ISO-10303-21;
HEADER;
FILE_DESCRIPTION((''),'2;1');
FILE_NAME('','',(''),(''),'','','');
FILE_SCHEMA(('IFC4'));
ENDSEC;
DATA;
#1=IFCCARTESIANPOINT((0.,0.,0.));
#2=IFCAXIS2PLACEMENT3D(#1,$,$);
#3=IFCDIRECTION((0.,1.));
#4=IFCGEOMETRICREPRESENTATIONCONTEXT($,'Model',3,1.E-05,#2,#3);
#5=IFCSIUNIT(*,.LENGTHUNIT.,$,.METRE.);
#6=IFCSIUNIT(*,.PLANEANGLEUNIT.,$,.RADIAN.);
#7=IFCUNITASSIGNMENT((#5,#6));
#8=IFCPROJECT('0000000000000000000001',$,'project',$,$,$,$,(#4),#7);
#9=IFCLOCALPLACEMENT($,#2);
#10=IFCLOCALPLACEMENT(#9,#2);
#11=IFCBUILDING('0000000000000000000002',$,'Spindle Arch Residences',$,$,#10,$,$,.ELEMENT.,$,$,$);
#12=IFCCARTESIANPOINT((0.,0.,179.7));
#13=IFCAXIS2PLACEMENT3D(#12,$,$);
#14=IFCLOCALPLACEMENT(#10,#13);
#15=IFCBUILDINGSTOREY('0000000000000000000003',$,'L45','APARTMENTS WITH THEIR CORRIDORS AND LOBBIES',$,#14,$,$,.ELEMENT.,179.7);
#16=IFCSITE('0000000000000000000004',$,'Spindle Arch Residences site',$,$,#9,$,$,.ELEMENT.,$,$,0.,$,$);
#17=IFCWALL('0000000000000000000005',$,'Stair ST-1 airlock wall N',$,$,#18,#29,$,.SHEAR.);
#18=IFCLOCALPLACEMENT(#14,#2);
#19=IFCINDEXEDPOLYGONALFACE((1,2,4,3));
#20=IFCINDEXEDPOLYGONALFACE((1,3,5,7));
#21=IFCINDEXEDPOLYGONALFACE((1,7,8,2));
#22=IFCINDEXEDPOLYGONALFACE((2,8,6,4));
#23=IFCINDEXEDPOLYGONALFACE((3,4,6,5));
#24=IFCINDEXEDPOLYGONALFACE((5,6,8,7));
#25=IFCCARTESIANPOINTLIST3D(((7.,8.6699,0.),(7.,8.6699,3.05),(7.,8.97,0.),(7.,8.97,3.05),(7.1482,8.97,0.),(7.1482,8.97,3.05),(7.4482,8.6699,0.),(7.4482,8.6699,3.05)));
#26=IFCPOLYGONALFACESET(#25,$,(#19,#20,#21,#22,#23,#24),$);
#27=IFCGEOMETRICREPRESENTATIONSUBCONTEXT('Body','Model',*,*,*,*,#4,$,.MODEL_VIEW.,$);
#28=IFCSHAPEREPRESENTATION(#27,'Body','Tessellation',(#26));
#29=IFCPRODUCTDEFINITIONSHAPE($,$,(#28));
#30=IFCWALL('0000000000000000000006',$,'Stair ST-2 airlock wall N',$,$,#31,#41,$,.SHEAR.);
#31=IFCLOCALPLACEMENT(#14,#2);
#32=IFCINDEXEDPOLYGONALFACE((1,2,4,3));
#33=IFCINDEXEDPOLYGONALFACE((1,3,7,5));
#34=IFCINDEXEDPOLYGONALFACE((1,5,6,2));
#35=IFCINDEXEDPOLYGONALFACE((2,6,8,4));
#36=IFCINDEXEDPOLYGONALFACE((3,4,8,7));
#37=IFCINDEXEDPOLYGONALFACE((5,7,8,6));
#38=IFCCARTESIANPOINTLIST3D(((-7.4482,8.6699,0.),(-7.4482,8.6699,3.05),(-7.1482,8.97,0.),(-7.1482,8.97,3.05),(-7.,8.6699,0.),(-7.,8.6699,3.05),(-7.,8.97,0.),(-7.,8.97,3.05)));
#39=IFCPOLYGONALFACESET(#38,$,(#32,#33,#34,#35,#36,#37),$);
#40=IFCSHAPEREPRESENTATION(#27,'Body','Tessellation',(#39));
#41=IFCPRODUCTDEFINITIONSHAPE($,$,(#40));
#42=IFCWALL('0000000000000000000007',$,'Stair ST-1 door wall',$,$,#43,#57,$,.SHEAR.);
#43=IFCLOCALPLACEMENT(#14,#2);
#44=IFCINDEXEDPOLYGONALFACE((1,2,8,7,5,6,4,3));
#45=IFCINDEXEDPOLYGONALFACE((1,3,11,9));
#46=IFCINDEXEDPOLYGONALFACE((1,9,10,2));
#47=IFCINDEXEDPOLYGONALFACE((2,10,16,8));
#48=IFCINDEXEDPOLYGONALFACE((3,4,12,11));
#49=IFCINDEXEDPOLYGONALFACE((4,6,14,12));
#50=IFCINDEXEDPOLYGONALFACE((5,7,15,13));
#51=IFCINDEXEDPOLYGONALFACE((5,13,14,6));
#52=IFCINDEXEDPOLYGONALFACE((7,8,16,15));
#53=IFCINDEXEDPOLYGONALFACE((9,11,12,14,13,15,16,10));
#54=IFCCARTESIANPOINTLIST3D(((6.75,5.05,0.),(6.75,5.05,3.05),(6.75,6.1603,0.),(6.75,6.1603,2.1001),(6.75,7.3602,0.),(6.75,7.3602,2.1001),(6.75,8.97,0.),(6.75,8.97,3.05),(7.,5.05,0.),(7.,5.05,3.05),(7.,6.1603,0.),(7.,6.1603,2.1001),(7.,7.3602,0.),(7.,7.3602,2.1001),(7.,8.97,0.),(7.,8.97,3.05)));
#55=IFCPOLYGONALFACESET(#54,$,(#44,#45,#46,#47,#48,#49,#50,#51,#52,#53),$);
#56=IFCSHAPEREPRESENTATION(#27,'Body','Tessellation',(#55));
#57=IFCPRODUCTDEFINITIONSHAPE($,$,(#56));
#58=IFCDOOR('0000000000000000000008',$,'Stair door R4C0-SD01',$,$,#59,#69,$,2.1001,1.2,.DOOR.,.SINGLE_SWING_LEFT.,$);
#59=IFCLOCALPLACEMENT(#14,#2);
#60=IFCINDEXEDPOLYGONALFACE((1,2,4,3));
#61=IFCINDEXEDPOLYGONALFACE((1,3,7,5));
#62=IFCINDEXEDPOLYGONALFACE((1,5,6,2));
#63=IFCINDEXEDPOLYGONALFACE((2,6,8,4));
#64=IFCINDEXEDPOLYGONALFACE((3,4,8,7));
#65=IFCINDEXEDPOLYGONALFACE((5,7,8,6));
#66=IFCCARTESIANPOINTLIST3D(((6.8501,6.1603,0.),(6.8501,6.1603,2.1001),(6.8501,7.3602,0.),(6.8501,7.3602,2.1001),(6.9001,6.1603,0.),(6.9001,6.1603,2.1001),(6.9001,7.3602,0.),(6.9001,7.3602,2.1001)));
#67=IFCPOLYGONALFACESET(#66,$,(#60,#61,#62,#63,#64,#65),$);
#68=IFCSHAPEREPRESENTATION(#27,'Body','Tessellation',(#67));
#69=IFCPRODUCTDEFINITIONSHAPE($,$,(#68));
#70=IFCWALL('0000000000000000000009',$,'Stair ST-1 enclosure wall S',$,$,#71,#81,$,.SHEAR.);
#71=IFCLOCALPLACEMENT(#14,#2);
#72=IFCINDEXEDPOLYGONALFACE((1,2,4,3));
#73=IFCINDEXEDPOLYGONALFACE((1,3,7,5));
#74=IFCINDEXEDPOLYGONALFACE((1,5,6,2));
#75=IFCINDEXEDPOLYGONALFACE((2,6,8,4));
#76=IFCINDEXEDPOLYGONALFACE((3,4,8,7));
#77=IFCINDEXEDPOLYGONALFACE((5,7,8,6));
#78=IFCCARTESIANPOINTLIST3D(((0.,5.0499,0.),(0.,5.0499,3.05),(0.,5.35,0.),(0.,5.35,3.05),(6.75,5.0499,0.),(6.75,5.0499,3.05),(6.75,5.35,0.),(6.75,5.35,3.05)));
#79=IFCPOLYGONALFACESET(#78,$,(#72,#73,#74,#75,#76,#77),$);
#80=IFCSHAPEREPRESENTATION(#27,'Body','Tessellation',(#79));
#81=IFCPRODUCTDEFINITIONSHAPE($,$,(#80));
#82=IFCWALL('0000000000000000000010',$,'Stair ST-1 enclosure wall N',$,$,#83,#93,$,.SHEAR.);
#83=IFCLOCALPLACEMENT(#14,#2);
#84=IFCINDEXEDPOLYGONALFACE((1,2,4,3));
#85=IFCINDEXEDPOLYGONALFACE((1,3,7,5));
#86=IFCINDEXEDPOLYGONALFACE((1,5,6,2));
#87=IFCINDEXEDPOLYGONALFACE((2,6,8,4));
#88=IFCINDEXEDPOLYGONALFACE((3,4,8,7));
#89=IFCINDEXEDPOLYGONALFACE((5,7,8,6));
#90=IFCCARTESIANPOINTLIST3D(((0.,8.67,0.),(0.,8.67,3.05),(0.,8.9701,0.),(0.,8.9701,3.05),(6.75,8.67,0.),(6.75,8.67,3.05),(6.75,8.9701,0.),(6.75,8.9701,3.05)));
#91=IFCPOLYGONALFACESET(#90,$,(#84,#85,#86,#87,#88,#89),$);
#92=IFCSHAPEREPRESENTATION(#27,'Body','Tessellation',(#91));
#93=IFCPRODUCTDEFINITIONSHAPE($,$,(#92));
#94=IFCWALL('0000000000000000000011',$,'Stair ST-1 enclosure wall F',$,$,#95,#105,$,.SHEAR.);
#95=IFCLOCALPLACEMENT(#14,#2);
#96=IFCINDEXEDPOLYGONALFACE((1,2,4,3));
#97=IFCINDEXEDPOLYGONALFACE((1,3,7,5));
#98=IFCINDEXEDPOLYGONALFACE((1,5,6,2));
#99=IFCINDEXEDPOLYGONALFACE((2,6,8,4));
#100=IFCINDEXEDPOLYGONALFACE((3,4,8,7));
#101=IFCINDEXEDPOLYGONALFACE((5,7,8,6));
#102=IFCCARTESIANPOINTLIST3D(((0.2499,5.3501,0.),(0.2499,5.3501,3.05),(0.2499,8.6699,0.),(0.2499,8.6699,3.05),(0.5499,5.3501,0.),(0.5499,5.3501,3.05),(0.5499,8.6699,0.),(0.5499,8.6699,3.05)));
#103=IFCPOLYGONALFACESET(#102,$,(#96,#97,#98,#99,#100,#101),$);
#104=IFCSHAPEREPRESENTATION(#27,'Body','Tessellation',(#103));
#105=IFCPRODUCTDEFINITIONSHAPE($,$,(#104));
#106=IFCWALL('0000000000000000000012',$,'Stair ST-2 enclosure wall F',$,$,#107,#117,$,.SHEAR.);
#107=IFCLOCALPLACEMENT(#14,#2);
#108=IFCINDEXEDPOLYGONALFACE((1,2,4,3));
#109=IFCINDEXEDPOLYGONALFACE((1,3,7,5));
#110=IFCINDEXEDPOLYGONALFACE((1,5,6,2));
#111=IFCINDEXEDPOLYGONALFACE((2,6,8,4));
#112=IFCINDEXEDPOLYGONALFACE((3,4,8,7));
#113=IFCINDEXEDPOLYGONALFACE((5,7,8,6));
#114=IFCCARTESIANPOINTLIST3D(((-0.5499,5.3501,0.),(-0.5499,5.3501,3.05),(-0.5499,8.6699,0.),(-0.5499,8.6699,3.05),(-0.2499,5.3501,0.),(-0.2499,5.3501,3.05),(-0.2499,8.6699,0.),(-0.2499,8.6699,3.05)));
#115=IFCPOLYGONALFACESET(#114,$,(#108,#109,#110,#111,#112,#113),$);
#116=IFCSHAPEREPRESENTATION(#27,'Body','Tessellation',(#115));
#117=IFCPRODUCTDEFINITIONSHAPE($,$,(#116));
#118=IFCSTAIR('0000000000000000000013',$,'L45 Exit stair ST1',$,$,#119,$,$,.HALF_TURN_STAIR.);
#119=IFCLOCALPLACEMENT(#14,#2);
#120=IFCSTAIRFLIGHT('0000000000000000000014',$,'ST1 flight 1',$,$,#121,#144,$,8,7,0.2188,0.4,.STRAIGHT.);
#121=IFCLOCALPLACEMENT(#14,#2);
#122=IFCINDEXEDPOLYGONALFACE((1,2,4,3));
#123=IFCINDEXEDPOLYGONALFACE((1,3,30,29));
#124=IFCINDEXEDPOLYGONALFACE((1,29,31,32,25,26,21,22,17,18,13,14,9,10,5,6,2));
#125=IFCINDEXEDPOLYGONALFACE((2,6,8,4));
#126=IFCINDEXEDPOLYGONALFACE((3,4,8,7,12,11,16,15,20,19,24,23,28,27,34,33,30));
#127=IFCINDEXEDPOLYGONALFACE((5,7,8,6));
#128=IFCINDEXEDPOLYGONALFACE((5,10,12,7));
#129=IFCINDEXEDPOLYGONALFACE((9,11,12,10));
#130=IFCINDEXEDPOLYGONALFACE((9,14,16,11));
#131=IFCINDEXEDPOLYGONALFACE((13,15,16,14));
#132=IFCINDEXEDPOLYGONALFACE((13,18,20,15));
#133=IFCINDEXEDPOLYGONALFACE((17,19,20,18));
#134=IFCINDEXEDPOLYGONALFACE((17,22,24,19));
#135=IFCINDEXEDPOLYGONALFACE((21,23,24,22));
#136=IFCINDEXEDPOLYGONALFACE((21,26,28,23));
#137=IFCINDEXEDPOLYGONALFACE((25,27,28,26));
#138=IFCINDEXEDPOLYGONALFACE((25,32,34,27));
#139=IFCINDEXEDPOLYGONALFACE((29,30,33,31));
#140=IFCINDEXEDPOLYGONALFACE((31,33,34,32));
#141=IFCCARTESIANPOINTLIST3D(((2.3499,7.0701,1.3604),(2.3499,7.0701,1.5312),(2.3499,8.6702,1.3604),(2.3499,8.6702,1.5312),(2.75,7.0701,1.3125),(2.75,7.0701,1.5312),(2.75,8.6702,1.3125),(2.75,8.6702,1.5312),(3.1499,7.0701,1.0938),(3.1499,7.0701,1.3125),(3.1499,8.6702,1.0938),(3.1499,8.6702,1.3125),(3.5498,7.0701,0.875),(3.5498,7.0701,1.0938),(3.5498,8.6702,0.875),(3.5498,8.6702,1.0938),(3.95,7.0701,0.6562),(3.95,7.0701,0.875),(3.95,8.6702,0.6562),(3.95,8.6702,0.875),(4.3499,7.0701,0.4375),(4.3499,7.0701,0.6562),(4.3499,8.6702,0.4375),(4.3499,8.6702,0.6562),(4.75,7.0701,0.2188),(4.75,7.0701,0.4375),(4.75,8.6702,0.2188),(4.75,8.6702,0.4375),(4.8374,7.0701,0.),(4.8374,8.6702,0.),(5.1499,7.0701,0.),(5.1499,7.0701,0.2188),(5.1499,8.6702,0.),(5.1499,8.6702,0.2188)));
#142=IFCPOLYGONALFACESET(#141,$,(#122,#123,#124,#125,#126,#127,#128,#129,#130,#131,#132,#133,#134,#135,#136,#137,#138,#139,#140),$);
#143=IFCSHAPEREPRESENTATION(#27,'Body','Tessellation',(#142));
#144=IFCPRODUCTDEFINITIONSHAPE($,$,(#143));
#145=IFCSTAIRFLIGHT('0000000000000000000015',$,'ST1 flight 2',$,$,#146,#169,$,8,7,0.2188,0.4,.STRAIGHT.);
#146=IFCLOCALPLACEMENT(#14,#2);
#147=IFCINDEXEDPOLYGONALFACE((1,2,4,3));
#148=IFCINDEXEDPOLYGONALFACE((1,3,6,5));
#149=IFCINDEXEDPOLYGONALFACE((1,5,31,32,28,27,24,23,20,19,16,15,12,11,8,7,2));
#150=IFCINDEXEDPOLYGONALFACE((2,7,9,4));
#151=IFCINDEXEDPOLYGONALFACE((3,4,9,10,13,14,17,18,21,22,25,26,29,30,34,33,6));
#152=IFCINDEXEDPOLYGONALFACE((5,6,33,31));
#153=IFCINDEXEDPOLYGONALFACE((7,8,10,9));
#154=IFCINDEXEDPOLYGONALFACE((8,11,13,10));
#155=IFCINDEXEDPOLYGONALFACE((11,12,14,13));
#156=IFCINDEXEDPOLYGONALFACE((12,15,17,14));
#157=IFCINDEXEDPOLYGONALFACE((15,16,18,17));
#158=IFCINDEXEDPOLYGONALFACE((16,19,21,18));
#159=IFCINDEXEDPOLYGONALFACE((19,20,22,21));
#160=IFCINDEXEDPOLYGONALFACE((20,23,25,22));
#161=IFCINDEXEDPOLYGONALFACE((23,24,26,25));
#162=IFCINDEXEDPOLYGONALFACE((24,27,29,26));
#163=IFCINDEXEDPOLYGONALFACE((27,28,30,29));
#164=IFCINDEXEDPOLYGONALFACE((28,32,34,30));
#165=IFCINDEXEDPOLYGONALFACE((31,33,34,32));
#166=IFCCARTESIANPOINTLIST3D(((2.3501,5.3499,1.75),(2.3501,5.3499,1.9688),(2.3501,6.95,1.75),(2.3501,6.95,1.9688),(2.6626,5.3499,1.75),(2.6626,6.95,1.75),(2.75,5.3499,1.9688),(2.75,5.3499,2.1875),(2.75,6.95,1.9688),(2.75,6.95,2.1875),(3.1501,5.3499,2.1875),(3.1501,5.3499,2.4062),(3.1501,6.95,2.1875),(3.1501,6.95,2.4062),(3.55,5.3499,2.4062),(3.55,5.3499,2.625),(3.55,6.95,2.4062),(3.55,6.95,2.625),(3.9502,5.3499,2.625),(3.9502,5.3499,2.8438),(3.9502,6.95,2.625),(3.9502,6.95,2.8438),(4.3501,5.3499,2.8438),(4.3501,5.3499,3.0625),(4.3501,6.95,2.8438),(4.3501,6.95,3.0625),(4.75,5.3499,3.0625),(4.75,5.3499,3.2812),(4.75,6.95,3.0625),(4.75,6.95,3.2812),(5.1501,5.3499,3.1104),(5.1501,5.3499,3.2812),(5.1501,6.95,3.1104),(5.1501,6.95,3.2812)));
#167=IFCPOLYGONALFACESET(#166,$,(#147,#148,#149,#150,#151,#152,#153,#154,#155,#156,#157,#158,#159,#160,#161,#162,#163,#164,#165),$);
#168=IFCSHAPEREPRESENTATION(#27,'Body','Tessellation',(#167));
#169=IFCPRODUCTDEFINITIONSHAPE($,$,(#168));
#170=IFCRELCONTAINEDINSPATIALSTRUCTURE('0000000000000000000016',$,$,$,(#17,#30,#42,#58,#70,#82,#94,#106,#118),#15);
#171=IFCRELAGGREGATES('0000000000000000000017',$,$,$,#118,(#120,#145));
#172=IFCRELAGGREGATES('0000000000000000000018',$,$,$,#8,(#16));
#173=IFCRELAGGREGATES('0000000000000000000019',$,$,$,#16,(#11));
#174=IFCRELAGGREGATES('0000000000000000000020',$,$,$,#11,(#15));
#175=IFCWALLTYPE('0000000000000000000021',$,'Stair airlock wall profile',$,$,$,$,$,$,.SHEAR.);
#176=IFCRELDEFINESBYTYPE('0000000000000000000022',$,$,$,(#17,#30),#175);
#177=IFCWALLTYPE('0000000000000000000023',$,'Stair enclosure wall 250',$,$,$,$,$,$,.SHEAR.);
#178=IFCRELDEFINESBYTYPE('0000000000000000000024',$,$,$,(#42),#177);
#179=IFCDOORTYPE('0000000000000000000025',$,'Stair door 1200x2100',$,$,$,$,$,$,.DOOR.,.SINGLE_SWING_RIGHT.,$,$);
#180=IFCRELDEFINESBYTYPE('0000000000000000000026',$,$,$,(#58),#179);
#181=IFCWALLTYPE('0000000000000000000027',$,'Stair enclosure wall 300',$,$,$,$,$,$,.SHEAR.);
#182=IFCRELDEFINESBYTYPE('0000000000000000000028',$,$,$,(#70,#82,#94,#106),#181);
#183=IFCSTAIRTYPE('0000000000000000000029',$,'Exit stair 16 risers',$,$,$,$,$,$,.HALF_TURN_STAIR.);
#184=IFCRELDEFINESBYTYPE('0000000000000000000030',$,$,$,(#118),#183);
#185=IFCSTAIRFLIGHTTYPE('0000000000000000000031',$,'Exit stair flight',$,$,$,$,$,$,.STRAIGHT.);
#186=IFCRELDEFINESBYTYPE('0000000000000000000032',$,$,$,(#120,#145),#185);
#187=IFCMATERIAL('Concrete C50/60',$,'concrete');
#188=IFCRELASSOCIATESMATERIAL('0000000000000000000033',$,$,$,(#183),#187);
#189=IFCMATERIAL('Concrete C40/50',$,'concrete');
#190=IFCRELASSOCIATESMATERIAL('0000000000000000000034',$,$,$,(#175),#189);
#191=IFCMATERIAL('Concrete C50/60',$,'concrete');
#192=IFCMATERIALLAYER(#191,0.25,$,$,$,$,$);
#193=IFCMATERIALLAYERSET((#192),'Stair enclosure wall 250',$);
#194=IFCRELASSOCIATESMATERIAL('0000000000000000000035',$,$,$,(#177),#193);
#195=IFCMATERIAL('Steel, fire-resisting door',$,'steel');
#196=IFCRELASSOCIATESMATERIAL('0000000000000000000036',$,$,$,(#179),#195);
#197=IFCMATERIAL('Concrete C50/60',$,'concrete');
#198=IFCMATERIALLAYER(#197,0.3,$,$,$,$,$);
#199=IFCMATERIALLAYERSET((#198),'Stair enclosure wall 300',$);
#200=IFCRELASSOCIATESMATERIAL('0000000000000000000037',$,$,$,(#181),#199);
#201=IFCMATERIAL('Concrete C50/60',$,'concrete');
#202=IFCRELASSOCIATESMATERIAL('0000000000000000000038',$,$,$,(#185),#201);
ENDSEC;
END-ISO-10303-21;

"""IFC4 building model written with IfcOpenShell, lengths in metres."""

from ifc_helpers import new_model, si_unit, direction, frame, frame_2d, origin, place, context, subcontext, project, spatial, polyline, rectangle, outline, extrude, material, layer, layer_set, type_object, element, fill, aggregate, save


model = new_model("IFC4")

# Units and contexts
model_context = context("Model", 3, precision=1e-05, world=origin(), true_north=direction((0.0, 1.0)))
body_context = subcontext(model_context, "Body", "Model", "MODEL_VIEW")
ifc_project = project(units=[si_unit("LENGTHUNIT", "METRE"), si_unit("PLANEANGLEUNIT", "RADIAN")], contexts=[model_context])

# Site, building, storey
site_placement = place(None, origin())
site = spatial("IfcSite", under=ifc_project, at=site_placement, Name="Spindle Arch Residences site", CompositionType="ELEMENT", RefElevation=0.0)
building_placement = place(site_placement, origin())
building = spatial("IfcBuilding", under=site, at=building_placement, Name="Spindle Arch Residences", CompositionType="ELEMENT")
storey_placement = place(building_placement, frame((0.0, 0.0, 179.7)))
storey = spatial("IfcBuildingStorey", under=building, at=storey_placement, Name="L45", Description="APARTMENTS WITH THEIR CORRIDORS AND LOBBIES", CompositionType="ELEMENT", Elevation=179.7)

# Shared definitions
ifc_material_1 = material(Name="Concrete C50/60", Category="concrete")
stair_type = type_object("IfcStairType", Name="Exit stair 16 risers", PredefinedType="HALF_TURN_STAIR", material=ifc_material_1)

# Walls
ifc_material_2 = material(Name="Concrete C40/50", Category="concrete")
wall_type_1 = type_object("IfcWallType", Name="Stair airlock wall profile", PredefinedType="SHEAR", material=ifc_material_2)
wall_1_placement = place(storey_placement, origin())
element("IfcWall", 1, at=wall_1_placement, inside=storey, type_object=wall_type_1, Name="Stair ST-1 airlock wall N", PredefinedType="SHEAR", context=body_context, shape_type="SweptSolid", body=[
    extrude(outline(polyline([(7.4482, 8.6699), (7.0, 8.6699), (7.0, 8.97), (7.1482, 8.97), (7.4482, 8.6699)])), origin(), (0.0, 0.0, 1.0), 3.05),
])
wall_2_placement = place(storey_placement, origin())
element("IfcWall", 2, at=wall_2_placement, inside=storey, type_object=wall_type_1, Name="Stair ST-2 airlock wall N", PredefinedType="SHEAR", context=body_context, shape_type="SweptSolid", body=[
    extrude(outline(polyline([(-7.1482, 8.97), (-7.0, 8.97), (-7.0, 8.6699), (-7.4482, 8.6699), (-7.1482, 8.97)])), origin(), (0.0, 0.0, 1.0), 3.05),
])

# Wall, opening, door
ifc_material_3 = material(Name="Concrete C50/60", Category="concrete")
ifc_layer_1 = layer(ifc_material_3, 0.25)
ifc_layer_set_1 = layer_set([ifc_layer_1], Name="Stair enclosure wall 250")
wall_type_2 = type_object("IfcWallType", Name="Stair enclosure wall 250", PredefinedType="SHEAR", material=ifc_layer_set_1)
wall_3_placement = place(storey_placement, frame((6.875, 5.05, 0.0), z_axis=(0.0, 0.0, 1.0), x_axis=(0.0, 1.0, 0.0)))
wall_3 = element("IfcWall", 3, at=wall_3_placement, inside=storey, type_object=wall_type_2, Name="Stair ST-1 door wall", PredefinedType="SHEAR", context=body_context, shape_type="SweptSolid", body=[
    extrude(rectangle(XDim=3.9199, YDim=0.25, at=frame_2d((1.96, 0.0))), origin(), (0.0, 0.0, 1.0), 3.05),
])
opening_1_placement = place(wall_3_placement, frame((1.1101, 0.0, 0.0)))
opening_1 = element("IfcOpeningElement", 4, at=opening_1_placement, cuts=wall_3, PredefinedType="OPENING", context=body_context, shape_type="SweptSolid", body=[
    extrude(rectangle(XDim=1.2, YDim=2.1001, at=frame_2d((0.6001, 1.05))), frame((0.0, 0.135, 0.0), z_axis=(0.0, -1.0, 0.0), x_axis=(1.0, 0.0, 0.0)), (0.0, 0.0, 1.0), 0.27),
])
ifc_material_4 = material(Name="Steel, fire-resisting door", Category="steel")
door_type_1 = type_object("IfcDoorType", Name="Stair door 1200x2100", OperationType="SINGLE_SWING_RIGHT", PredefinedType="DOOR", material=ifc_material_4)
door_1_placement = place(opening_1_placement, origin())
door_1 = element("IfcDoor", 5, at=door_1_placement, inside=storey, type_object=door_type_1, Name="Stair door R4C0-SD01", OperationType="SINGLE_SWING_LEFT", OverallHeight=2.1001, OverallWidth=1.2, PredefinedType="DOOR", context=body_context, shape_type="SweptSolid", body=[
    extrude(rectangle(XDim=1.2, YDim=2.1001, at=frame_2d((0.6001, 1.05))), frame((0.0, 0.0249, 0.0), z_axis=(0.0, -1.0, 0.0), x_axis=(1.0, 0.0, 0.0)), (0.0, 0.0, 1.0), 0.05),
])
fill(opening_1, door_1)

# Walls
ifc_material_5 = material(Name="Concrete C50/60", Category="concrete")
ifc_layer_2 = layer(ifc_material_5, 0.3)
ifc_layer_set_2 = layer_set([ifc_layer_2], Name="Stair enclosure wall 300")
wall_type_3 = type_object("IfcWallType", Name="Stair enclosure wall 300", PredefinedType="SHEAR", material=ifc_layer_set_2)
for number, where, z_axis, x_axis, name in (
    (6, (0.0, 5.2, 0.0), (0.0, 0.0, 1.0), (1.0, 0.0, 0.0), "Stair ST-1 enclosure wall S"),
    (7, (0.0, 8.8201, 0.0), (0.0, 0.0, 1.0), (1.0, 0.0, 0.0), "Stair ST-1 enclosure wall N"),
):
    element("IfcWall", number, at=place(storey_placement, frame(where, z_axis=z_axis, x_axis=x_axis)), inside=storey, type_object=wall_type_3, Name=name, PredefinedType="SHEAR", context=body_context, shape_type="SweptSolid", body=[
        extrude(rectangle(XDim=6.75, YDim=0.3, at=frame_2d((3.375, 0.0))), origin(), (0.0, 0.0, 1.0), 3.05),
    ])
for number, where, z_axis, x_axis, name in (
    (8, (0.3999, 5.3501, 0.0), (0.0, 0.0, 1.0), (0.0, 1.0, 0.0), "Stair ST-1 enclosure wall F"),
    (9, (-0.3999, 5.3501, 0.0), (0.0, 0.0, 1.0), (0.0, 1.0, 0.0), "Stair ST-2 enclosure wall F"),
):
    element("IfcWall", number, at=place(storey_placement, frame(where, z_axis=z_axis, x_axis=x_axis)), inside=storey, type_object=wall_type_3, Name=name, PredefinedType="SHEAR", context=body_context, shape_type="SweptSolid", body=[
        extrude(rectangle(XDim=3.3198, YDim=0.3, at=frame_2d((1.6599, 0.0))), origin(), (0.0, 0.0, 1.0), 3.05),
    ])

# Stair, stair flights
stair_1_placement = place(storey_placement, origin())
stair_1 = element("IfcStair", 10, at=stair_1_placement, inside=storey, type_object=stair_type, Name="L45 Exit stair ST1", PredefinedType="HALF_TURN_STAIR")
ifc_material_6 = material(Name="Concrete C50/60", Category="concrete")
stair_flight_type = type_object("IfcStairFlightType", Name="Exit stair flight", PredefinedType="STRAIGHT", material=ifc_material_6)
stair_flight_1_placement = place(storey_placement, frame((5.1499, 7.8701, 0.0), z_axis=(0.0, 0.0, 1.0), x_axis=(-1.0, 0.0, 0.0)))
stair_flight_1 = element("IfcStairFlight", 11, at=stair_flight_1_placement, type_object=stair_flight_type, Name="ST1 flight 1", NumberOfRisers=8, NumberOfTreads=7, PredefinedType="STRAIGHT", RiserHeight=0.2188, TreadLength=0.4, context=body_context, shape_type="SweptSolid", body=[
    extrude(outline(polyline([(0.0, 0.0), (0.0, 0.2188), (0.3999, 0.2188), (0.3999, 0.4375), (0.8, 0.4375), (0.8, 0.6562), (1.2, 0.6562), (1.2, 0.875), (1.6001, 0.875), (1.6001, 1.0938), (2.0, 1.0938), (2.0, 1.3125), (2.3999, 1.3125), (2.3999, 1.5312), (2.8, 1.5312), (2.8, 1.75), (2.8, 1.3604), (0.3125, 0.0), (0.0, 0.0)])), frame((0.0, 0.8, 0.0), z_axis=(0.0, -1.0, 0.0), x_axis=(1.0, 0.0, 0.0)), (0.0, 0.0, 1.0), 1.6001),
])
stair_flight_2_placement = place(storey_placement, frame((2.3501, 6.1499, 1.75), z_axis=(0.0, 0.0, 1.0), x_axis=(1.0, 0.0, 0.0)))
stair_flight_2 = element("IfcStairFlight", 12, at=stair_flight_2_placement, type_object=stair_flight_type, Name="ST1 flight 2", NumberOfRisers=8, NumberOfTreads=7, PredefinedType="STRAIGHT", RiserHeight=0.2188, TreadLength=0.4, context=body_context, shape_type="SweptSolid", body=[
    extrude(outline(polyline([(0.0, 0.0), (0.0, 0.2188), (0.3999, 0.2188), (0.3999, 0.4375), (0.8, 0.4375), (0.8, 0.6562), (1.2, 0.6562), (1.2, 0.875), (1.6001, 0.875), (1.6001, 1.0938), (2.0, 1.0938), (2.0, 1.3125), (2.3999, 1.3125), (2.3999, 1.5312), (2.8, 1.5312), (2.8, 1.75), (2.8, 1.3604), (0.3125, 0.0), (0.0, 0.0)])), frame((0.0, 0.8, 0.0), z_axis=(0.0, -1.0, 0.0), x_axis=(1.0, 0.0, 0.0)), (0.0, 0.0, 1.0), 1.6001),
])
aggregate(stair_1, [stair_flight_1, stair_flight_2])

save(model, "model.ifc")
